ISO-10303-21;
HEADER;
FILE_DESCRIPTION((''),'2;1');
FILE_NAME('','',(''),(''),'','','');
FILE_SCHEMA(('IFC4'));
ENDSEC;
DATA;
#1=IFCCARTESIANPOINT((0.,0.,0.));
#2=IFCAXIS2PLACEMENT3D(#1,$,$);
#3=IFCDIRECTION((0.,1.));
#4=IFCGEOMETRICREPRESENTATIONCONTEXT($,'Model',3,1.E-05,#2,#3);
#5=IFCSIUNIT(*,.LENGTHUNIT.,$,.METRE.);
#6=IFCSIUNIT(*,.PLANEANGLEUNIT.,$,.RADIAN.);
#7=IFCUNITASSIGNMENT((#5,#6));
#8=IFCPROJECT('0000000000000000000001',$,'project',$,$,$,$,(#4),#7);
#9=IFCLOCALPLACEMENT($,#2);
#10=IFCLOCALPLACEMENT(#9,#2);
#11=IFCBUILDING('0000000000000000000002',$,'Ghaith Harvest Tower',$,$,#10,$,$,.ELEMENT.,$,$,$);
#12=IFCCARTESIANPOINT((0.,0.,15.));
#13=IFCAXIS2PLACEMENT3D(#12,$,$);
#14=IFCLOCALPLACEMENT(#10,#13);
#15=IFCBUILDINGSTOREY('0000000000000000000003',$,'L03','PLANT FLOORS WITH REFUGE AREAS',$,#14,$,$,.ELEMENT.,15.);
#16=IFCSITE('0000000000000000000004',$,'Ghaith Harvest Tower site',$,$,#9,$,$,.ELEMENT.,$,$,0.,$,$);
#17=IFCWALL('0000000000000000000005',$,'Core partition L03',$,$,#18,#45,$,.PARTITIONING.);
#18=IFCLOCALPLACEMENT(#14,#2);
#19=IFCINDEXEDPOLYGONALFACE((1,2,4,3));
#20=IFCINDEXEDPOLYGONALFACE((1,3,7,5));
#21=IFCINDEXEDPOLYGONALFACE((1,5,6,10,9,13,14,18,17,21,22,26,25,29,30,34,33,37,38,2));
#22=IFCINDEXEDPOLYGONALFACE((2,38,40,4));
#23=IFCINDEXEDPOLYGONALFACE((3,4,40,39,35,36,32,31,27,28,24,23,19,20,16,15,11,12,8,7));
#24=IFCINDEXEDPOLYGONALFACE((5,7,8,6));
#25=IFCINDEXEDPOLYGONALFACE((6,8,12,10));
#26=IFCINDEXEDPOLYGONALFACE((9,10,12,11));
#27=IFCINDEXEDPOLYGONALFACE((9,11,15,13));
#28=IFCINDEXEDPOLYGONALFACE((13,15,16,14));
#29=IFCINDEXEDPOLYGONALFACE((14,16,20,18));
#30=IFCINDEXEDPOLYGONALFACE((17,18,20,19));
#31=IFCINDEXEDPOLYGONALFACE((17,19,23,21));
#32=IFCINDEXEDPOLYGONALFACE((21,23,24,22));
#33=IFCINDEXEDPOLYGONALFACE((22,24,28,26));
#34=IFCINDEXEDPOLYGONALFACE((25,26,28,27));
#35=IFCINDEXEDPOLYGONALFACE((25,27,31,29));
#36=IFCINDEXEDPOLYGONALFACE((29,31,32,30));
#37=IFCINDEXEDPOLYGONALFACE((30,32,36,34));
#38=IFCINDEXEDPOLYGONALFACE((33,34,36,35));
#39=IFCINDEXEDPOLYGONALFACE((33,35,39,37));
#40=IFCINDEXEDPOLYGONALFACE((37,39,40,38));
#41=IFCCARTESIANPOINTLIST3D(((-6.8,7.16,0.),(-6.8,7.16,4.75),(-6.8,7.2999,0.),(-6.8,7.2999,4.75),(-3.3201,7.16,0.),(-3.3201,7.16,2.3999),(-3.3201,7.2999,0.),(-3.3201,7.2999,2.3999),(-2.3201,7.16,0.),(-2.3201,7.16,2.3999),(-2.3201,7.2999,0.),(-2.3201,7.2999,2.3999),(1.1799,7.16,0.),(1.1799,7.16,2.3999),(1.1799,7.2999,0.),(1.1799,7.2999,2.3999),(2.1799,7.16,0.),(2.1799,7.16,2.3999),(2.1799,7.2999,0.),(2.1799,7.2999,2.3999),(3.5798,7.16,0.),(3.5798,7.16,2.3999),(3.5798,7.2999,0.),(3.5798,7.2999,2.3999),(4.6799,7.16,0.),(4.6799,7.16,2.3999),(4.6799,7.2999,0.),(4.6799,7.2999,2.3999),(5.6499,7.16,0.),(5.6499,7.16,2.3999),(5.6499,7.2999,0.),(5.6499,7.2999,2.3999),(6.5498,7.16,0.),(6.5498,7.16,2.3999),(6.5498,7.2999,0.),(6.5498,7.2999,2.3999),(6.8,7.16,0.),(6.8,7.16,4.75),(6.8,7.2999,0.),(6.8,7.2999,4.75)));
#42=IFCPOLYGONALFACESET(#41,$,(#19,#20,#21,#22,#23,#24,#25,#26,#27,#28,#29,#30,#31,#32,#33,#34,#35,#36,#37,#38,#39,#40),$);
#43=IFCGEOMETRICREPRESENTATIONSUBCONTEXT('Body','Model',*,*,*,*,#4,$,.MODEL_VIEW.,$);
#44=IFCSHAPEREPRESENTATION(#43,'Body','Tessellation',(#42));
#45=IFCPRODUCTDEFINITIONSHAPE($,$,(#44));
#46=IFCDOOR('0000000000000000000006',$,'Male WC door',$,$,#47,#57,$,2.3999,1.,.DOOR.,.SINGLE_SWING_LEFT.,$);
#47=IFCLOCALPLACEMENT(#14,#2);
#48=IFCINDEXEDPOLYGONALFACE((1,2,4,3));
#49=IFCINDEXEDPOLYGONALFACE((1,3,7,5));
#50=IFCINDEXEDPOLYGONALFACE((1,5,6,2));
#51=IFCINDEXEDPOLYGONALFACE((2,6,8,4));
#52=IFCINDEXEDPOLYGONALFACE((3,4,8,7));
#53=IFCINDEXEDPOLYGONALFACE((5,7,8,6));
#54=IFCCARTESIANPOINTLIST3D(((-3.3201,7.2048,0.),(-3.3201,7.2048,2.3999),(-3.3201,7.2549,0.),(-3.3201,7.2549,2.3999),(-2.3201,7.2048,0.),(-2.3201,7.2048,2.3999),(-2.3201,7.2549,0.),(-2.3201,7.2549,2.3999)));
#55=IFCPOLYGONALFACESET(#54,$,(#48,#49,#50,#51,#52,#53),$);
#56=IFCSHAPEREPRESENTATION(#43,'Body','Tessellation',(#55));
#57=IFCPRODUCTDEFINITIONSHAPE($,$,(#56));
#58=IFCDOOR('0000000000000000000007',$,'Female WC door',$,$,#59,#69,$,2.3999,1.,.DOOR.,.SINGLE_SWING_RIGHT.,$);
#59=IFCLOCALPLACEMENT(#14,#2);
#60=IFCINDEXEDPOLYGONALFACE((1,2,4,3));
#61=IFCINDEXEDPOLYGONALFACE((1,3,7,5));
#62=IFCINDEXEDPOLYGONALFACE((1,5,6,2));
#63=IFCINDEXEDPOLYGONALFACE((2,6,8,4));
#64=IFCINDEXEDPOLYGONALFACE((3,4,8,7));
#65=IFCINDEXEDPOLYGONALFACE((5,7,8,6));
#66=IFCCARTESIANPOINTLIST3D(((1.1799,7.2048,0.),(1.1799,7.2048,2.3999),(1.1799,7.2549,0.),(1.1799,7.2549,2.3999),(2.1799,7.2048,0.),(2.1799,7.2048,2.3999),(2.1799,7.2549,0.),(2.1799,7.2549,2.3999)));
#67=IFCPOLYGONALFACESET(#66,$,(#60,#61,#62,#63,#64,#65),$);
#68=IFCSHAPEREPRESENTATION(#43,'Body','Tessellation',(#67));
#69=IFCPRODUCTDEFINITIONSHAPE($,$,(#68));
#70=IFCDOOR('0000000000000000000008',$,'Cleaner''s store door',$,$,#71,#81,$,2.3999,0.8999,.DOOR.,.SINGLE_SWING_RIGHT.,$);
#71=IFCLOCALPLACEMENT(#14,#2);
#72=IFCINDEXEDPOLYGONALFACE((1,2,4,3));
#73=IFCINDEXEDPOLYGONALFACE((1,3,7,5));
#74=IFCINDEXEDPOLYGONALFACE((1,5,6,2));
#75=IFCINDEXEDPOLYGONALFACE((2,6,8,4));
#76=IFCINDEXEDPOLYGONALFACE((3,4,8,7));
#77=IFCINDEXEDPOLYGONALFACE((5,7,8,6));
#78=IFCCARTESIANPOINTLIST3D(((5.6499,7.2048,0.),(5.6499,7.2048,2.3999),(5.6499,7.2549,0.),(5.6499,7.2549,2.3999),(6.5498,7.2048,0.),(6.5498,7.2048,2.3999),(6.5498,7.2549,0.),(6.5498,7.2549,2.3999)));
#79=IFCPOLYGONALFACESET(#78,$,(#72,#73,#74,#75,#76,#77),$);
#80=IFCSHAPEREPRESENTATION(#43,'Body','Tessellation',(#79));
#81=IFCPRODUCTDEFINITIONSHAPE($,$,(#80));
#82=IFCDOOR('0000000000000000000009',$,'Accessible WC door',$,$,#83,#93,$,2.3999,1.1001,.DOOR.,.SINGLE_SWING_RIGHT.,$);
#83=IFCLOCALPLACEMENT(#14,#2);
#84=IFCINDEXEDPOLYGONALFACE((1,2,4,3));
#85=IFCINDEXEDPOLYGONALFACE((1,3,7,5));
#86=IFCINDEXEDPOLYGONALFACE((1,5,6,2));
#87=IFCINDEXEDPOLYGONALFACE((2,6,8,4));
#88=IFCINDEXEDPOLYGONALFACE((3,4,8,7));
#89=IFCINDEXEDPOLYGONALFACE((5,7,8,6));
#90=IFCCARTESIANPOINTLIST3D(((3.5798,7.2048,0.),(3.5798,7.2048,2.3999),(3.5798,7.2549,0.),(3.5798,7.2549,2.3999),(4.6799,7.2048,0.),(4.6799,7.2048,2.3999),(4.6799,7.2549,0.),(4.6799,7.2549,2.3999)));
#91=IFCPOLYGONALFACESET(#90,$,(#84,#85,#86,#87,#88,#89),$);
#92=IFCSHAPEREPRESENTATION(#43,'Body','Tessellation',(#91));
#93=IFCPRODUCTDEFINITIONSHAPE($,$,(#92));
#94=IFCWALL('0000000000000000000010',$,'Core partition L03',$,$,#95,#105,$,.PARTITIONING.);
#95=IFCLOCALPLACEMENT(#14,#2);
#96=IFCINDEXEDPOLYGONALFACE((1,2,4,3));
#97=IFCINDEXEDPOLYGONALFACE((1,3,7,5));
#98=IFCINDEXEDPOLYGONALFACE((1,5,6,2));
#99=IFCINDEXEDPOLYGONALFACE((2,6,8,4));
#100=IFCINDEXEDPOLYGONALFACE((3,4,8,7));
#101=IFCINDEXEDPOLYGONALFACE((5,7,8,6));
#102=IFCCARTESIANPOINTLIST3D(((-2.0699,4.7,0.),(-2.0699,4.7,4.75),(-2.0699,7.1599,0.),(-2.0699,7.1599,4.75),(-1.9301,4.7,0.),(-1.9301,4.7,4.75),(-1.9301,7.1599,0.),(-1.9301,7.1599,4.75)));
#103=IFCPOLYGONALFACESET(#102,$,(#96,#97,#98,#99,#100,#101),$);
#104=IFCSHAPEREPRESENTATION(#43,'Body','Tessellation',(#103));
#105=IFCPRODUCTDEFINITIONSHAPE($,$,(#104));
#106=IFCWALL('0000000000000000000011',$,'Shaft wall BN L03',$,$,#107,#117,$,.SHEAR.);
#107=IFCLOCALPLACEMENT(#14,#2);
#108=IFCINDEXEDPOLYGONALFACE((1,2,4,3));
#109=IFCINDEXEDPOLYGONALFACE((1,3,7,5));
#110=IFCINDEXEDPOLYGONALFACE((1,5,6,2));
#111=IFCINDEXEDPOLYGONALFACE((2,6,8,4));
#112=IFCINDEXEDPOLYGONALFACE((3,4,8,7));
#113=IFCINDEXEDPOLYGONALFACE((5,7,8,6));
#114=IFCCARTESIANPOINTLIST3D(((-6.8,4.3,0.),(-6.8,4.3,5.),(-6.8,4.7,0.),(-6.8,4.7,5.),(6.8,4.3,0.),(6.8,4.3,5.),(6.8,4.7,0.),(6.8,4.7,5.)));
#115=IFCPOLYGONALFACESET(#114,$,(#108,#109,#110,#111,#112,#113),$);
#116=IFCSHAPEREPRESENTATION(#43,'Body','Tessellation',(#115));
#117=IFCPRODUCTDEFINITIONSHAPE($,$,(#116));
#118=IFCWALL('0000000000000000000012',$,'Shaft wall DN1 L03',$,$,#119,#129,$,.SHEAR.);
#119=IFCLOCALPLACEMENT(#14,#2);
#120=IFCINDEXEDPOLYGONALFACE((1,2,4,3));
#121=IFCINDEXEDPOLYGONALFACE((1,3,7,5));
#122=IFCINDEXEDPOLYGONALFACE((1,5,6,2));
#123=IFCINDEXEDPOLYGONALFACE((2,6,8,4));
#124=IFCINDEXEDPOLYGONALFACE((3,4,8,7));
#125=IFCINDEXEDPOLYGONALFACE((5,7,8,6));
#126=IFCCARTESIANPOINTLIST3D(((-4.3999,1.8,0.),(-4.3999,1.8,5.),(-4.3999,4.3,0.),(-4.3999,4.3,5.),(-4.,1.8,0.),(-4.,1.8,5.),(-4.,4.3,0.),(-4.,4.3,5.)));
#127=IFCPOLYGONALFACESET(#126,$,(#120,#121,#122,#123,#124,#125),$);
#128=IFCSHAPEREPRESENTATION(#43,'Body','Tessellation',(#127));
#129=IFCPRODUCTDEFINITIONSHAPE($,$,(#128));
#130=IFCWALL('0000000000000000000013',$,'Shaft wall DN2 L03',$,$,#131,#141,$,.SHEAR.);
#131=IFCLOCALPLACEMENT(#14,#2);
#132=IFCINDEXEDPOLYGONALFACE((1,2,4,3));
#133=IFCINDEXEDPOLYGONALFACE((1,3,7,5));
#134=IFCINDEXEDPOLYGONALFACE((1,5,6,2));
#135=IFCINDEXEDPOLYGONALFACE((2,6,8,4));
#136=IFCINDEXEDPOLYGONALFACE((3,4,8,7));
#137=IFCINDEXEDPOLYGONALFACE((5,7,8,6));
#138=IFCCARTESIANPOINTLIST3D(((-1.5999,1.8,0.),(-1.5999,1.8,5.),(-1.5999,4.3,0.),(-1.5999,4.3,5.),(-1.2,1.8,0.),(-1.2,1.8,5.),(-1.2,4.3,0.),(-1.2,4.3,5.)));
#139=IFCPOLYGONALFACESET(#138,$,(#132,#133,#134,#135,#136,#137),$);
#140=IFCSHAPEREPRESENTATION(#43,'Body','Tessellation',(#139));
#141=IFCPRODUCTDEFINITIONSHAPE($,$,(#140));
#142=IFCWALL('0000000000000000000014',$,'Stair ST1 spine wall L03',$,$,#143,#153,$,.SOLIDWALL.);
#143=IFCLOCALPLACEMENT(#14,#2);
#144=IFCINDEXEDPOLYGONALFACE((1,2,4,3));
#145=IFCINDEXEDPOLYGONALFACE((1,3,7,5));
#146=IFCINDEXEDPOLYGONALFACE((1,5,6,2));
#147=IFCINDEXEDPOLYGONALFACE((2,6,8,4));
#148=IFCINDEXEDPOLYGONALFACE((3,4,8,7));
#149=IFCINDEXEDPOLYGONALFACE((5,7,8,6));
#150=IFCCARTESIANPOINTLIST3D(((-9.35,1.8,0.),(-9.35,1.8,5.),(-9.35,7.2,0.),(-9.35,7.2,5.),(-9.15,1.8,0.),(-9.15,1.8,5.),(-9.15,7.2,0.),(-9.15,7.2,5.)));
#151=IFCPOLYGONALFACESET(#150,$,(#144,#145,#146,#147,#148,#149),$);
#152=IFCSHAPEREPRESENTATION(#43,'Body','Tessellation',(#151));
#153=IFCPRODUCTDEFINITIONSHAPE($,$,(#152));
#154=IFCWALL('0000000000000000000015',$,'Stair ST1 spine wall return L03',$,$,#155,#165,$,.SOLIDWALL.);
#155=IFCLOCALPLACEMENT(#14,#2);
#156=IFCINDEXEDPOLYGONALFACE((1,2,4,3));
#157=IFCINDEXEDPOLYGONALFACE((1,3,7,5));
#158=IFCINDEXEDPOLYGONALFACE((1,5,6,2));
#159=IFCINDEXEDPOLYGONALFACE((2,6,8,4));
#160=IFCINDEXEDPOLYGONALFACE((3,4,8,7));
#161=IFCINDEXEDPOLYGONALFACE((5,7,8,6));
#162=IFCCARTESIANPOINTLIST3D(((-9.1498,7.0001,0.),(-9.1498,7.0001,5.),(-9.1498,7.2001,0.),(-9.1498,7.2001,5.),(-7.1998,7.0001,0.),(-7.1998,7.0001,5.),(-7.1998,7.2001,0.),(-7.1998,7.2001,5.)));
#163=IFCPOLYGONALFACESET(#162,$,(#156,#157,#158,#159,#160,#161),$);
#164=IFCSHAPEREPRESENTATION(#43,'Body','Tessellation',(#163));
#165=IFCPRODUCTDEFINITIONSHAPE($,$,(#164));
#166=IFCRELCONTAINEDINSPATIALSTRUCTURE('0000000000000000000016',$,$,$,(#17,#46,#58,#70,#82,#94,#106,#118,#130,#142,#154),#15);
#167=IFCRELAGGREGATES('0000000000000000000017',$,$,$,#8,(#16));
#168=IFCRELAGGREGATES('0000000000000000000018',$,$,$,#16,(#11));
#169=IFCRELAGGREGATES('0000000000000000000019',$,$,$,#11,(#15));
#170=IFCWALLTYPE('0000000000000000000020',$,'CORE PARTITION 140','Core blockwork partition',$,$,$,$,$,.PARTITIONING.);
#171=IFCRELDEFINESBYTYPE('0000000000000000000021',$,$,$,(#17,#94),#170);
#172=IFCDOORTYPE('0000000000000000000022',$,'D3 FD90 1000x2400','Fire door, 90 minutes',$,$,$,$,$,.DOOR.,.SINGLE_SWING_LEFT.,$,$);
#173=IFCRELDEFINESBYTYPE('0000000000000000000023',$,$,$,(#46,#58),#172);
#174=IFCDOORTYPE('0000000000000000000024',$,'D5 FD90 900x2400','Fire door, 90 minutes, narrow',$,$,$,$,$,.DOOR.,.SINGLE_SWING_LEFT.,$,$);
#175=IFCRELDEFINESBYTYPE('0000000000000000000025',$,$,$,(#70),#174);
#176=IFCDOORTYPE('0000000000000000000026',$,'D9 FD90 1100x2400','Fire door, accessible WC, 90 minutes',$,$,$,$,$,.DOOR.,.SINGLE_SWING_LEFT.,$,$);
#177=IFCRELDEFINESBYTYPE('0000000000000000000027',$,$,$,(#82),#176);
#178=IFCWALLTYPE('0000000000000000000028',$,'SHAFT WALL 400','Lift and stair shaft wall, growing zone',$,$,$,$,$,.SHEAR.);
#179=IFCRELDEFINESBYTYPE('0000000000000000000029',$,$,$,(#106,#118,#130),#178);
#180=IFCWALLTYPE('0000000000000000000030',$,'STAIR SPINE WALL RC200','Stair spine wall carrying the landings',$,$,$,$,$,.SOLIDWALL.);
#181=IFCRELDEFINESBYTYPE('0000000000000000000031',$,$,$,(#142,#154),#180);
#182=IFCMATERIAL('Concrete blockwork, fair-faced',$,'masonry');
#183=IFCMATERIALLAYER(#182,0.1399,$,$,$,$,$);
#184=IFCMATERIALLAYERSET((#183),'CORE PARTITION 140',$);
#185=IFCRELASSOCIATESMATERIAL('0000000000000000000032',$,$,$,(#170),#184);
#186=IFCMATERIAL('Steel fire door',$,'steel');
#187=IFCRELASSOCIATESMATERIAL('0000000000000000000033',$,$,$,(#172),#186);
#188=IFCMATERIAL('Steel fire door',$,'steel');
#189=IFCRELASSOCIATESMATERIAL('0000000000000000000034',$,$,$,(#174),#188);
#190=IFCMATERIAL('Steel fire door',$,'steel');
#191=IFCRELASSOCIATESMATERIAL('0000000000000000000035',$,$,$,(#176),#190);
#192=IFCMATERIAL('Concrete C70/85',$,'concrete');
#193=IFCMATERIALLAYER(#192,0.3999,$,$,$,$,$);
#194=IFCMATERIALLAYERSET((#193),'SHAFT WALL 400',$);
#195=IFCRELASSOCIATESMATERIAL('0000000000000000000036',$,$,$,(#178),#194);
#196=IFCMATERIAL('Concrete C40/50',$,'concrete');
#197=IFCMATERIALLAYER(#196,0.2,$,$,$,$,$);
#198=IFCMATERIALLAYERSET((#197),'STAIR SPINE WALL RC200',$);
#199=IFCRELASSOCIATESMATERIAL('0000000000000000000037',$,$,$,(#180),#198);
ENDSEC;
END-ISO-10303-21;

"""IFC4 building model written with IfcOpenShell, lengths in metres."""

from ifc_helpers import new_model, si_unit, direction, frame, frame_2d, origin, place, context, subcontext, project, spatial, rectangle, extrude, material, layer, layer_set, type_object, element, fill, save


model = new_model("IFC4")

# Units and contexts
model_context = context("Model", 3, precision=1e-05, world=origin(), true_north=direction((0.0, 1.0)))
body_context = subcontext(model_context, "Body", "Model", "MODEL_VIEW")
ifc_project = project(units=[si_unit("LENGTHUNIT", "METRE"), si_unit("PLANEANGLEUNIT", "RADIAN")], contexts=[model_context])

# Site, building, storey
site_placement = place(None, origin())
site = spatial("IfcSite", under=ifc_project, at=site_placement, Name="Ghaith Harvest Tower site", CompositionType="ELEMENT", RefElevation=0.0)
building_placement = place(site_placement, origin())
building = spatial("IfcBuilding", under=site, at=building_placement, Name="Ghaith Harvest Tower", CompositionType="ELEMENT")
storey_placement = place(building_placement, frame((0.0, 0.0, 15.0)))
storey = spatial("IfcBuildingStorey", under=building, at=storey_placement, Name="L03", Description="PLANT FLOORS WITH REFUGE AREAS", CompositionType="ELEMENT", Elevation=15.0)

# Wall, openings, doors
ifc_material_1 = material(Name="Concrete blockwork, fair-faced", Category="masonry")
ifc_layer_1 = layer(ifc_material_1, 0.1399)
ifc_layer_set_1 = layer_set([ifc_layer_1], Name="CORE PARTITION 140")
wall_type_1 = type_object("IfcWallType", Name="CORE PARTITION 140", Description="Core blockwork partition", PredefinedType="PARTITIONING", material=ifc_layer_set_1)
wall_1_placement = place(storey_placement, frame((-6.8, 7.23, 0.0), z_axis=(0.0, 0.0, 1.0), x_axis=(1.0, 0.0, 0.0)))
wall_1 = element("IfcWall", 1, at=wall_1_placement, inside=storey, type_object=wall_type_1, Name="Core partition L03", PredefinedType="PARTITIONING", context=body_context, shape_type="SweptSolid", body=[
    extrude(rectangle(XDim=13.6001, YDim=0.1399, at=frame_2d((6.8, 0.0))), origin(), (0.0, 0.0, 1.0), 4.75),
])
opening_1_placement = place(wall_1_placement, frame((3.48, 0.0, 0.0)))
opening_1 = element("IfcOpeningElement", 2, at=opening_1_placement, cuts=wall_1, PredefinedType="OPENING", context=body_context, shape_type="SweptSolid", body=[
    extrude(rectangle(XDim=1.0, YDim=2.3999, at=frame_2d((0.5, 1.2))), frame((0.0, 0.0801, 0.0), z_axis=(0.0, -1.0, 0.0), x_axis=(1.0, 0.0, 0.0)), (0.0, 0.0, 1.0), 0.1599),
])
opening_2_placement = place(wall_1_placement, frame((7.98, 0.0, 0.0)))
opening_2 = element("IfcOpeningElement", 3, at=opening_2_placement, cuts=wall_1, PredefinedType="OPENING", context=body_context, shape_type="SweptSolid", body=[
    extrude(rectangle(XDim=1.0, YDim=2.3999, at=frame_2d((0.5, 1.2))), frame((0.0, 0.0801, 0.0), z_axis=(0.0, -1.0, 0.0), x_axis=(1.0, 0.0, 0.0)), (0.0, 0.0, 1.0), 0.1599),
])
opening_3_placement = place(wall_1_placement, frame((10.3799, 0.0, 0.0)))
opening_3 = element("IfcOpeningElement", 4, at=opening_3_placement, cuts=wall_1, PredefinedType="OPENING", context=body_context, shape_type="SweptSolid", body=[
    extrude(rectangle(XDim=1.1001, YDim=2.3999, at=frame_2d((0.55, 1.2))), frame((0.0, 0.0801, 0.0), z_axis=(0.0, -1.0, 0.0), x_axis=(1.0, 0.0, 0.0)), (0.0, 0.0, 1.0), 0.1599),
])
opening_4_placement = place(wall_1_placement, frame((12.45, 0.0, 0.0)))
opening_4 = element("IfcOpeningElement", 5, at=opening_4_placement, cuts=wall_1, PredefinedType="OPENING", context=body_context, shape_type="SweptSolid", body=[
    extrude(rectangle(XDim=0.8999, YDim=2.3999, at=frame_2d((0.45, 1.2))), frame((0.0, 0.0801, 0.0), z_axis=(0.0, -1.0, 0.0), x_axis=(1.0, 0.0, 0.0)), (0.0, 0.0, 1.0), 0.1599),
])
ifc_material_2 = material(Name="Steel fire door", Category="steel")
door_type_1 = type_object("IfcDoorType", Name="D3 FD90 1000x2400", Description="Fire door, 90 minutes", OperationType="SINGLE_SWING_LEFT", PredefinedType="DOOR", material=ifc_material_2)
door_1_placement = place(opening_1_placement, origin())
door_1 = element("IfcDoor", 6, at=door_1_placement, inside=storey, type_object=door_type_1, Name="Male WC door", OperationType="SINGLE_SWING_LEFT", OverallHeight=2.3999, OverallWidth=1.0, PredefinedType="DOOR", context=body_context, shape_type="SweptSolid", body=[
    extrude(rectangle(XDim=1.0, YDim=2.3999, at=frame_2d((0.5, 1.2))), frame((0.0, 0.0249, 0.0), z_axis=(0.0, -1.0, 0.0), x_axis=(1.0, 0.0, 0.0)), (0.0, 0.0, 1.0), 0.05),
])
fill(opening_1, door_1)
door_2_placement = place(opening_2_placement, origin())
door_2 = element("IfcDoor", 7, at=door_2_placement, inside=storey, type_object=door_type_1, Name="Female WC door", OperationType="SINGLE_SWING_RIGHT", OverallHeight=2.3999, OverallWidth=1.0, PredefinedType="DOOR", context=body_context, shape_type="SweptSolid", body=[
    extrude(rectangle(XDim=1.0, YDim=2.3999, at=frame_2d((0.5, 1.2))), frame((0.0, 0.0249, 0.0), z_axis=(0.0, -1.0, 0.0), x_axis=(1.0, 0.0, 0.0)), (0.0, 0.0, 1.0), 0.05),
])
fill(opening_2, door_2)
ifc_material_3 = material(Name="Steel fire door", Category="steel")
door_type_2 = type_object("IfcDoorType", Name="D5 FD90 900x2400", Description="Fire door, 90 minutes, narrow", OperationType="SINGLE_SWING_LEFT", PredefinedType="DOOR", material=ifc_material_3)
door_3_placement = place(opening_4_placement, origin())
door_3 = element("IfcDoor", 8, at=door_3_placement, inside=storey, type_object=door_type_2, Name="Cleaner's store door", OperationType="SINGLE_SWING_RIGHT", OverallHeight=2.3999, OverallWidth=0.8999, PredefinedType="DOOR", context=body_context, shape_type="SweptSolid", body=[
    extrude(rectangle(XDim=0.8999, YDim=2.3999, at=frame_2d((0.45, 1.2))), frame((0.0, 0.0249, 0.0), z_axis=(0.0, -1.0, 0.0), x_axis=(1.0, 0.0, 0.0)), (0.0, 0.0, 1.0), 0.05),
])
fill(opening_4, door_3)
ifc_material_4 = material(Name="Steel fire door", Category="steel")
door_type_3 = type_object("IfcDoorType", Name="D9 FD90 1100x2400", Description="Fire door, accessible WC, 90 minutes", OperationType="SINGLE_SWING_LEFT", PredefinedType="DOOR", material=ifc_material_4)
door_4_placement = place(opening_3_placement, origin())
door_4 = element("IfcDoor", 9, at=door_4_placement, inside=storey, type_object=door_type_3, Name="Accessible WC door", OperationType="SINGLE_SWING_RIGHT", OverallHeight=2.3999, OverallWidth=1.1001, PredefinedType="DOOR", context=body_context, shape_type="SweptSolid", body=[
    extrude(rectangle(XDim=1.1001, YDim=2.3999, at=frame_2d((0.55, 1.2))), frame((0.0, 0.0249, 0.0), z_axis=(0.0, -1.0, 0.0), x_axis=(1.0, 0.0, 0.0)), (0.0, 0.0, 1.0), 0.05),
])
fill(opening_3, door_4)

# Wall
wall_2_placement = place(storey_placement, frame((-2.0, 4.7, 0.0), z_axis=(0.0, 0.0, 1.0), x_axis=(0.0, 1.0, 0.0)))
element("IfcWall", 10, at=wall_2_placement, inside=storey, type_object=wall_type_1, Name="Core partition L03", PredefinedType="PARTITIONING", context=body_context, shape_type="SweptSolid", body=[
    extrude(rectangle(XDim=2.46, YDim=0.1399, at=frame_2d((1.23, 0.0))), origin(), (0.0, 0.0, 1.0), 4.75),
])

# Shared definitions
ifc_material_5 = material(Name="Concrete C70/85", Category="concrete")
ifc_layer_2 = layer(ifc_material_5, 0.3999)
ifc_layer_set_2 = layer_set([ifc_layer_2], Name="SHAFT WALL 400")
wall_type_2 = type_object("IfcWallType", Name="SHAFT WALL 400", Description="Lift and stair shaft wall, growing zone", PredefinedType="SHEAR", material=ifc_layer_set_2)

# Walls
wall_3_placement = place(storey_placement, frame((-6.8, 4.5, 0.0), z_axis=(0.0, 0.0, 1.0), x_axis=(1.0, 0.0, 0.0)))
element("IfcWall", 11, at=wall_3_placement, inside=storey, type_object=wall_type_2, Name="Shaft wall BN L03", PredefinedType="SHEAR", context=body_context, shape_type="SweptSolid", body=[
    extrude(rectangle(XDim=13.6001, YDim=0.3999, at=frame_2d((6.8, 0.0))), origin(), (0.0, 0.0, 1.0), 5.0),
])
for number, where, z_axis, x_axis, name in (
    (12, (-4.2, 1.8, 0.0), (0.0, 0.0, 1.0), (0.0, 1.0, 0.0), "Shaft wall DN1 L03"),
    (13, (-1.3999, 1.8, 0.0), (0.0, 0.0, 1.0), (0.0, 1.0, 0.0), "Shaft wall DN2 L03"),
):
    element("IfcWall", number, at=place(storey_placement, frame(where, z_axis=z_axis, x_axis=x_axis)), inside=storey, type_object=wall_type_2, Name=name, PredefinedType="SHEAR", context=body_context, shape_type="SweptSolid", body=[
        extrude(rectangle(XDim=2.5, YDim=0.3999, at=frame_2d((1.25, 0.0))), origin(), (0.0, 0.0, 1.0), 5.0),
    ])
ifc_material_6 = material(Name="Concrete C40/50", Category="concrete")
ifc_layer_3 = layer(ifc_material_6, 0.2)
ifc_layer_set_3 = layer_set([ifc_layer_3], Name="STAIR SPINE WALL RC200")
wall_type_3 = type_object("IfcWallType", Name="STAIR SPINE WALL RC200", Description="Stair spine wall carrying the landings", PredefinedType="SOLIDWALL", material=ifc_layer_set_3)
wall_4_placement = place(storey_placement, frame((-9.25, 7.2, 0.0), z_axis=(0.0, 0.0, 1.0), x_axis=(0.0, -1.0, 0.0)))
element("IfcWall", 14, at=wall_4_placement, inside=storey, type_object=wall_type_3, Name="Stair ST1 spine wall L03", PredefinedType="SOLIDWALL", context=body_context, shape_type="SweptSolid", body=[
    extrude(rectangle(XDim=5.3999, YDim=0.2, at=frame_2d((2.7, 0.0))), origin(), (0.0, 0.0, 1.0), 5.0),
])
wall_5_placement = place(storey_placement, frame((-9.1499, 7.1001, 0.0), z_axis=(0.0, 0.0, 1.0), x_axis=(1.0, 0.0, 0.0)))
element("IfcWall", 15, at=wall_5_placement, inside=storey, type_object=wall_type_3, Name="Stair ST1 spine wall return L03", PredefinedType="SOLIDWALL", context=body_context, shape_type="SweptSolid", body=[
    extrude(rectangle(XDim=1.95, YDim=0.2, at=frame_2d((0.9751, 0.0))), origin(), (0.0, 0.0, 1.0), 5.0),
])

save(model, "model.ifc")
